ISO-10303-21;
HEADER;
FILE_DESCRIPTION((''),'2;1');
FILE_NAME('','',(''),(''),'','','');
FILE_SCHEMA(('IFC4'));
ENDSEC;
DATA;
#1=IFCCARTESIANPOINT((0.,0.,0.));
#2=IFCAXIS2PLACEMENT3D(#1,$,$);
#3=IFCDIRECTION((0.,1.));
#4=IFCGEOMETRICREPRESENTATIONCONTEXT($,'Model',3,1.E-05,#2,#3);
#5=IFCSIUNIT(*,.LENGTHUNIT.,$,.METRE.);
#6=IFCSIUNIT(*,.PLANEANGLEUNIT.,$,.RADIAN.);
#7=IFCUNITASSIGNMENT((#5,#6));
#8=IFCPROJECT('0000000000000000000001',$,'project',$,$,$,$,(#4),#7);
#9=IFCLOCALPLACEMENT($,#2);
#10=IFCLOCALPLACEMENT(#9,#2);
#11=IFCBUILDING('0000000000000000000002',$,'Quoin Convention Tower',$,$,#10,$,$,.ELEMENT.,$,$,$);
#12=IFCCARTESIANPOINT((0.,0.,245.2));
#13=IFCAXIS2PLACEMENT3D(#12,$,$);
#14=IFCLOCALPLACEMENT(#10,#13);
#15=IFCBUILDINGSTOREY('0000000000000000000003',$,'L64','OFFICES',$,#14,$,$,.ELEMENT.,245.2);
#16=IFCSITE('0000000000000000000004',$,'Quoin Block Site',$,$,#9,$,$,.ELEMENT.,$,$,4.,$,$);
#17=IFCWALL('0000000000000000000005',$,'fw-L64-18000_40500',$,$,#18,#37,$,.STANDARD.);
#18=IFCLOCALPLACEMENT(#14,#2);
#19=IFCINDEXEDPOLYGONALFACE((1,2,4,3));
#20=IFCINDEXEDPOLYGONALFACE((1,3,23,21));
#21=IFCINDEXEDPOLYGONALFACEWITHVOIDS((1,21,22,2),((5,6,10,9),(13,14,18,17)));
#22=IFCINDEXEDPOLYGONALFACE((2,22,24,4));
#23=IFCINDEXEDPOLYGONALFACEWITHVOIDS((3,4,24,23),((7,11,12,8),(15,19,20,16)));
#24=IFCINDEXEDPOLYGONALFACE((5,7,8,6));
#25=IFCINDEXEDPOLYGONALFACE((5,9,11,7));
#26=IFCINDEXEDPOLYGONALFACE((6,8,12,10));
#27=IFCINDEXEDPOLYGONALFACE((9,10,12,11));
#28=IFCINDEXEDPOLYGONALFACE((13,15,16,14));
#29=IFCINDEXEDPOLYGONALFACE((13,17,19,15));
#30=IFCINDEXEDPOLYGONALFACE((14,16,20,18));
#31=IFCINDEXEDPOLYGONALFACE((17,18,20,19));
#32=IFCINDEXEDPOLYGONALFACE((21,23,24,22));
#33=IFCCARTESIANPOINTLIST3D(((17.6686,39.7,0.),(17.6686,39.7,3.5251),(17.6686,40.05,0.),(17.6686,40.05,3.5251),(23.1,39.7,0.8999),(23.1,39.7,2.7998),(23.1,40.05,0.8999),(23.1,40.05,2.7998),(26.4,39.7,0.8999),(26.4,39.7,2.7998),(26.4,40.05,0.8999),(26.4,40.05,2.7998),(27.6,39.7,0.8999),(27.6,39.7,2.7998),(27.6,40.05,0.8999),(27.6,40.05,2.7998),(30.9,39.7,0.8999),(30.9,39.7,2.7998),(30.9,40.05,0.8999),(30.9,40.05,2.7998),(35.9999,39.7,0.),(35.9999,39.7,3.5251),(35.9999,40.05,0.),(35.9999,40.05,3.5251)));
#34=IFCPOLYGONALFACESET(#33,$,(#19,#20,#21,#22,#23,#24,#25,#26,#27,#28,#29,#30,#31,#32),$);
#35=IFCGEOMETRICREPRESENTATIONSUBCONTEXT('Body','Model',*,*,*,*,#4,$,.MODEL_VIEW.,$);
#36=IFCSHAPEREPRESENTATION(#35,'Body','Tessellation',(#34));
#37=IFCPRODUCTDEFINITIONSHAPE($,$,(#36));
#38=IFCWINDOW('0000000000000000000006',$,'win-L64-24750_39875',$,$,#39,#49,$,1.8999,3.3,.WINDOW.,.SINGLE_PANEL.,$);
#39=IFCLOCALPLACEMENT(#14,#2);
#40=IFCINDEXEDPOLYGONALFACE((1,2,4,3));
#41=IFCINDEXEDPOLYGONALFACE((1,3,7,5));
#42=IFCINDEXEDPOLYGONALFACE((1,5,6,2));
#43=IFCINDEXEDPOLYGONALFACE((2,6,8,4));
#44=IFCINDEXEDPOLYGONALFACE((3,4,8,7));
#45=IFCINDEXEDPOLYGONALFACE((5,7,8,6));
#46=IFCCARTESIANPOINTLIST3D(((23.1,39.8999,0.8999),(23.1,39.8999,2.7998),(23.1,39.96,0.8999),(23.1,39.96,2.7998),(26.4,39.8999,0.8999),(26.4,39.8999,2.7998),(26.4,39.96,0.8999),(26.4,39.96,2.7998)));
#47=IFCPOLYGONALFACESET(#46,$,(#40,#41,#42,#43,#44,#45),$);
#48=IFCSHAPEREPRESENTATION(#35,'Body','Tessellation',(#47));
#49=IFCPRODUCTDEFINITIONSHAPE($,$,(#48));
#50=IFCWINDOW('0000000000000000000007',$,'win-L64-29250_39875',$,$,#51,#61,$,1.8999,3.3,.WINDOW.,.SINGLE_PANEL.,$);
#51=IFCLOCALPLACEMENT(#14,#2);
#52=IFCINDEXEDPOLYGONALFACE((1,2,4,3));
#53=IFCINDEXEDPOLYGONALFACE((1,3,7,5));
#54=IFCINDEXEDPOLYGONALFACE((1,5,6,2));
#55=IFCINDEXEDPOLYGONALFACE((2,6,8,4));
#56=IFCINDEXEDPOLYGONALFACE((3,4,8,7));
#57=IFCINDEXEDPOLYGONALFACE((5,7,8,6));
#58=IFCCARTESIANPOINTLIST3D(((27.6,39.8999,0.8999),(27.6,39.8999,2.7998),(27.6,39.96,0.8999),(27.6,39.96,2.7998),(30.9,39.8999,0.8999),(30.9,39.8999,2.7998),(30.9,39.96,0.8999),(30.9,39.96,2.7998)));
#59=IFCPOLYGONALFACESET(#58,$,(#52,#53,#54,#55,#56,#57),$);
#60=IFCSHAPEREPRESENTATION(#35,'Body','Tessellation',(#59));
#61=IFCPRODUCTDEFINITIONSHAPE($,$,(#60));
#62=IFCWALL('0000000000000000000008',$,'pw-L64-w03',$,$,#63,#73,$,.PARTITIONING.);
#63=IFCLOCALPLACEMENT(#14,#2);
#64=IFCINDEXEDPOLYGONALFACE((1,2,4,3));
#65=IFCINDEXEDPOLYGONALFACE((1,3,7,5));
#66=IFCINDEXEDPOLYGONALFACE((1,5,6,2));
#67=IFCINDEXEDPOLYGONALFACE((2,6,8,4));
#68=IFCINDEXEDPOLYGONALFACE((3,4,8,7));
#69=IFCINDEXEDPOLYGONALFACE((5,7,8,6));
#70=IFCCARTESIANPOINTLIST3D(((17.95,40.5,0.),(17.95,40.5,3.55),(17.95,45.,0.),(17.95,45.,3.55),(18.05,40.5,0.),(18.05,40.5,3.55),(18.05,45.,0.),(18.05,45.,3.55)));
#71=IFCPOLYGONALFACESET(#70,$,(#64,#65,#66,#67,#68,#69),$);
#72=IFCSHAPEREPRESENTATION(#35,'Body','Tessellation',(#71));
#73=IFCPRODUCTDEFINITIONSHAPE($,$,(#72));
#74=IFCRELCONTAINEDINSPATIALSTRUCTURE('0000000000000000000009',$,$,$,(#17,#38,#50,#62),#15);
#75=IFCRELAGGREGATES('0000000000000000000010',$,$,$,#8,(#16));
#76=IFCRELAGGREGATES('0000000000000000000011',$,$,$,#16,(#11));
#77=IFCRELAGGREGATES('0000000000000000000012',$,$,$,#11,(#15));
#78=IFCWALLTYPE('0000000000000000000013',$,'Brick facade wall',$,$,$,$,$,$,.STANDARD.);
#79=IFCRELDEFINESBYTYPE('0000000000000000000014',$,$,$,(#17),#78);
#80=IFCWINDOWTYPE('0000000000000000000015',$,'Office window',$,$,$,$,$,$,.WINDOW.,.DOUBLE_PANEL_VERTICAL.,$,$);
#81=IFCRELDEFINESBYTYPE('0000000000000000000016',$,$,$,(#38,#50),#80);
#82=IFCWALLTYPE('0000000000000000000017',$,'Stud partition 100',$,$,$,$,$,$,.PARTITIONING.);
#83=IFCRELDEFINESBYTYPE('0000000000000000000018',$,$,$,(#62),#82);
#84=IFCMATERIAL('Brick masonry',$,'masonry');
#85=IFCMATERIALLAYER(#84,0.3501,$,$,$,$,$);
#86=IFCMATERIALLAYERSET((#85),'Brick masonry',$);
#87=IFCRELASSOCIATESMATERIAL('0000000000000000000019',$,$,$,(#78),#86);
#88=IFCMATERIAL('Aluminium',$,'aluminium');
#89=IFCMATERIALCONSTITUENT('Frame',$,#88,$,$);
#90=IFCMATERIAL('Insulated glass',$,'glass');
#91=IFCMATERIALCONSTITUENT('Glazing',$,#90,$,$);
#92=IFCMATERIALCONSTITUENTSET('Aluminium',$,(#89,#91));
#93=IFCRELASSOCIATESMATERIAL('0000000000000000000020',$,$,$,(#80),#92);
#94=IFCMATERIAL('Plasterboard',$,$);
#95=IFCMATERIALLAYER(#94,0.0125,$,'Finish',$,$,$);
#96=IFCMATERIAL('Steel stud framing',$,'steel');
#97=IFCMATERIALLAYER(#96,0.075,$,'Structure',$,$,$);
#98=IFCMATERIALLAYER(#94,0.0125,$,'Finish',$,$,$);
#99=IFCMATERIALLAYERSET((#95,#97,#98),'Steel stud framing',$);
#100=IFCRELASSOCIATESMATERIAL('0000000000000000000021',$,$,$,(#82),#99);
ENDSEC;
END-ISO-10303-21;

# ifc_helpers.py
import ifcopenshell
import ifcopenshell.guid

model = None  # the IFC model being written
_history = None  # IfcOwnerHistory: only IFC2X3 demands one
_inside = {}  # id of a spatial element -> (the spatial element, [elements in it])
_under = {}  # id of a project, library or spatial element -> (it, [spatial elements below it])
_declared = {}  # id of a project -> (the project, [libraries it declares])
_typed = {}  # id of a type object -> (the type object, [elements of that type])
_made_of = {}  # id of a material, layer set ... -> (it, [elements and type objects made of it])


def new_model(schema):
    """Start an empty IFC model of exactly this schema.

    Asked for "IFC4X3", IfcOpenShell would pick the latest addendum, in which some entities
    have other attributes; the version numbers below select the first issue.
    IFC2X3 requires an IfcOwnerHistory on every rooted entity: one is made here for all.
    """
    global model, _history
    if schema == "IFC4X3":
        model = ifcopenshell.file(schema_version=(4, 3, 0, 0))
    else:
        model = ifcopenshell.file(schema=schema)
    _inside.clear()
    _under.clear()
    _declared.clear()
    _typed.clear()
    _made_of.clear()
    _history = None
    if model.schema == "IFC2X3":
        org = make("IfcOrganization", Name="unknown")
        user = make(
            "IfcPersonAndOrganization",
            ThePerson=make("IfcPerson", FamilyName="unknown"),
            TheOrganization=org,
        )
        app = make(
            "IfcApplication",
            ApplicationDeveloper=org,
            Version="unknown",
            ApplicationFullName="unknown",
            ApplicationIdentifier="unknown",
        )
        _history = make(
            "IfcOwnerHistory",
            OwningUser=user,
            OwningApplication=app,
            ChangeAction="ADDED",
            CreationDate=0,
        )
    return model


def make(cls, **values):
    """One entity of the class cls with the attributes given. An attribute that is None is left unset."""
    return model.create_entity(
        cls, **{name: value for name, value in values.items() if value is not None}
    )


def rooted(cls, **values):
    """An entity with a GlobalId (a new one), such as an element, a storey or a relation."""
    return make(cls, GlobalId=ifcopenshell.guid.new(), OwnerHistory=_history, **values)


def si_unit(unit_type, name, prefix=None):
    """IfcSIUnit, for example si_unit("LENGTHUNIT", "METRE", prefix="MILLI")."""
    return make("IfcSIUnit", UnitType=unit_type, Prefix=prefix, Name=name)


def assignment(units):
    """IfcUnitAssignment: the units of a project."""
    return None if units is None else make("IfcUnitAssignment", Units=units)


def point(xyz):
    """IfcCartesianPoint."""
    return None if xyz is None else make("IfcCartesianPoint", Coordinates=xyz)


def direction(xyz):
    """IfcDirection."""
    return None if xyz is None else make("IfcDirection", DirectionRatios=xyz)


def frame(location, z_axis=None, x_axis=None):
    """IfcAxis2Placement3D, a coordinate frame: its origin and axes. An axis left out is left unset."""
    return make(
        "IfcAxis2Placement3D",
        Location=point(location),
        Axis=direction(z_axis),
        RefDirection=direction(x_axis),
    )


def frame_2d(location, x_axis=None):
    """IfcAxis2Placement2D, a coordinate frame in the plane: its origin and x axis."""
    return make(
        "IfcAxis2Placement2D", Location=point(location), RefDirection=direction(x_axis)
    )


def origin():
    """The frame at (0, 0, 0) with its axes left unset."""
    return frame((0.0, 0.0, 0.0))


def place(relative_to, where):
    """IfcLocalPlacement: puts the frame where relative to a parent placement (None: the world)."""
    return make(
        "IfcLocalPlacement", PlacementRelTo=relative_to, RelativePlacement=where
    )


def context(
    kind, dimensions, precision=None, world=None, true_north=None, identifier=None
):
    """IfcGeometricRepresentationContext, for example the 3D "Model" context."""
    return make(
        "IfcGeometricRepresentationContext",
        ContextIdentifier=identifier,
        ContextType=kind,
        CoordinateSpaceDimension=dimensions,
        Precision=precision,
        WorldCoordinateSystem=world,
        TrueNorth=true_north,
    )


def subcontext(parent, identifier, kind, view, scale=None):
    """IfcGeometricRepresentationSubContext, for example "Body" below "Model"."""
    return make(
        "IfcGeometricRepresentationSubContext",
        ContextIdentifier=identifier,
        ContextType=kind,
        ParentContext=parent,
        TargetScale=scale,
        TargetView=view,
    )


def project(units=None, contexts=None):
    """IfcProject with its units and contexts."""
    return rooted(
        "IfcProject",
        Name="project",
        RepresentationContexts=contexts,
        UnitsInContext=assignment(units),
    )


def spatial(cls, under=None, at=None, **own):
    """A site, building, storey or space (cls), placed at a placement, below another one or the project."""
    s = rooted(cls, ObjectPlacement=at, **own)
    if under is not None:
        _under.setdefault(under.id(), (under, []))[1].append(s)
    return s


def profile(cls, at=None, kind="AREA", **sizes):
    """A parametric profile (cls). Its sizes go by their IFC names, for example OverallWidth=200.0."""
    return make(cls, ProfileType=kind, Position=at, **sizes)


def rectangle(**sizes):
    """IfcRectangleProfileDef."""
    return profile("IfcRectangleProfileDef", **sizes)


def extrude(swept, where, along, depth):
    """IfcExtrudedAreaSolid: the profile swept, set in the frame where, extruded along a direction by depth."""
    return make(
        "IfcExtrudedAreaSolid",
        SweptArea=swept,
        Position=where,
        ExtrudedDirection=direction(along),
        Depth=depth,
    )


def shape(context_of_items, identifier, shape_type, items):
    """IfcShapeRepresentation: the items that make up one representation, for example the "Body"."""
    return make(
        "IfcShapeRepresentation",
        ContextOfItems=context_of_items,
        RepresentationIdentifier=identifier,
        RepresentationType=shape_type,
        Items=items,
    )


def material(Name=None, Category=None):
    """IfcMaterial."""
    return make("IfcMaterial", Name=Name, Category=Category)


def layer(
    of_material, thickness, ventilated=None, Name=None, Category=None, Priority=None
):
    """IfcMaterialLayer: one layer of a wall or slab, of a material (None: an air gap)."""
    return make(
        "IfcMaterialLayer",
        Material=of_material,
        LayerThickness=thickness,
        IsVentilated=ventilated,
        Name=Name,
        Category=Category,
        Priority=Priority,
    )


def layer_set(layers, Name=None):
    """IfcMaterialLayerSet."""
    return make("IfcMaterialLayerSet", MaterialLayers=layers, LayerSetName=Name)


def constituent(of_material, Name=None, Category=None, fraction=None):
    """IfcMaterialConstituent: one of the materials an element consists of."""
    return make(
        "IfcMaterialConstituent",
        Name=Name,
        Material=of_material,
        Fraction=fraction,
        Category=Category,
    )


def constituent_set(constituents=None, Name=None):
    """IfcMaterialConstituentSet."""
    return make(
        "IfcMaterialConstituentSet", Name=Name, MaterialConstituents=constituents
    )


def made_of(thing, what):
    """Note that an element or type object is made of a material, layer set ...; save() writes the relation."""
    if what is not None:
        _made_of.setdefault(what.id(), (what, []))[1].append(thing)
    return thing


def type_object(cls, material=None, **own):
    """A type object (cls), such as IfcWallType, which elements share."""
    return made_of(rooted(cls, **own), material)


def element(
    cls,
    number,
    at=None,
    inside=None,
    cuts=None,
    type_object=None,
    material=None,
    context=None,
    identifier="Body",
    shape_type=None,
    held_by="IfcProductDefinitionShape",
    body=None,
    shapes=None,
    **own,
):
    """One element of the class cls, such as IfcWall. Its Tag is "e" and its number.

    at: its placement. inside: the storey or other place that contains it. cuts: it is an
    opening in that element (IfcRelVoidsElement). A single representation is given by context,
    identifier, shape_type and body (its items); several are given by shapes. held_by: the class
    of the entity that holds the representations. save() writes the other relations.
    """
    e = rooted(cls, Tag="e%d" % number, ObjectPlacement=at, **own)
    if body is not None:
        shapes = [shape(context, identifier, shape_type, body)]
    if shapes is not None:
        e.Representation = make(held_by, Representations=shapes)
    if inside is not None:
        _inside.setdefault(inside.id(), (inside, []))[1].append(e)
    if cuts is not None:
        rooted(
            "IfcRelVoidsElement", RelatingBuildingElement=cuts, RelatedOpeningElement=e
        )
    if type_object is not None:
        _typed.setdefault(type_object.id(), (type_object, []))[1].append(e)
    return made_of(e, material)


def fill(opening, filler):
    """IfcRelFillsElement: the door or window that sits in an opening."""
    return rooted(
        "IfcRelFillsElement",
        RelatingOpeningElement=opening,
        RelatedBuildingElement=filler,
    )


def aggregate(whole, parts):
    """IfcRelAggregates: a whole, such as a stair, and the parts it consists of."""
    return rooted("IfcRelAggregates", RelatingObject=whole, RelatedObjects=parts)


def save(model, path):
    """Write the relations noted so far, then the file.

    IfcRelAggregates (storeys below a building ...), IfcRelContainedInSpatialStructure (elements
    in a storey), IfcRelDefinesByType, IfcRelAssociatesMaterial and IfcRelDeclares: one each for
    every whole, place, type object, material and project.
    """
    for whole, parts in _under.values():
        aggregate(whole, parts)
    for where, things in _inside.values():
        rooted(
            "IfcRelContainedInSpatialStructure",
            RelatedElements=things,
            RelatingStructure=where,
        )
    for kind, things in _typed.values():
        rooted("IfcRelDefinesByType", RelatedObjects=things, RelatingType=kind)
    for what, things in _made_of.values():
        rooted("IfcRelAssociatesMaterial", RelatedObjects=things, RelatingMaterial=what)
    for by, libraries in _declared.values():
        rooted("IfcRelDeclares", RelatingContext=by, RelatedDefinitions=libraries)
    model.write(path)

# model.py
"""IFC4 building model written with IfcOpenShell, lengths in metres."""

from ifc_helpers import new_model, si_unit, direction, frame, frame_2d, origin, place, context, subcontext, project, spatial, rectangle, extrude, material, layer, layer_set, constituent, constituent_set, type_object, element, fill, save


model = new_model("IFC4")

# Units and contexts
model_context = context("Model", 3, precision=1e-05, world=origin(), true_north=direction((0.0, 1.0)))
body_context = subcontext(model_context, "Body", "Model", "MODEL_VIEW")
ifc_project = project(units=[si_unit("LENGTHUNIT", "METRE"), si_unit("PLANEANGLEUNIT", "RADIAN")], contexts=[model_context])

# Site, building, storey
site_placement = place(None, origin())
site = spatial("IfcSite", under=ifc_project, at=site_placement, Name="Quoin Block Site", CompositionType="ELEMENT", RefElevation=4.0)
building_placement = place(site_placement, origin())
building = spatial("IfcBuilding", under=site, at=building_placement, Name="Quoin Convention Tower", CompositionType="ELEMENT")
storey_placement = place(building_placement, frame((0.0, 0.0, 245.2)))
storey = spatial("IfcBuildingStorey", under=building, at=storey_placement, Name="L64", Description="OFFICES", CompositionType="ELEMENT", Elevation=245.2)

# Wall, openings, windows
ifc_material_1 = material(Name="Brick masonry", Category="masonry")
ifc_layer_1 = layer(ifc_material_1, 0.3501)
ifc_layer_set_1 = layer_set([ifc_layer_1], Name="Brick masonry")
wall_type_1 = type_object("IfcWallType", Name="Brick facade wall", PredefinedType="STANDARD", material=ifc_layer_set_1)
ifc_material_2 = material(Name="Aluminium", Category="aluminium")
ifc_constituent_1 = constituent(ifc_material_2, Name="Frame")
ifc_material_3 = material(Name="Insulated glass", Category="glass")
ifc_constituent_2 = constituent(ifc_material_3, Name="Glazing")
ifc_constituent_set = constituent_set(constituents=[ifc_constituent_1, ifc_constituent_2], Name="Aluminium")
window_type = type_object("IfcWindowType", Name="Office window", PartitioningType="DOUBLE_PANEL_VERTICAL", PredefinedType="WINDOW", material=ifc_constituent_set)
wall_1_placement = place(storey_placement, frame((17.6687, 39.875, 0.0), z_axis=(0.0, 0.0, 1.0), x_axis=(1.0, 0.0, 0.0)))
wall_1 = element("IfcWall", 1, at=wall_1_placement, inside=storey, type_object=wall_type_1, Name="fw-L64-18000_40500", PredefinedType="STANDARD", context=body_context, shape_type="SweptSolid", body=[
    extrude(rectangle(XDim=18.3313, YDim=0.3501, at=frame_2d((9.1655, 0.0))), origin(), (0.0, 0.0, 1.0), 3.5251),
])
opening_1_placement = place(wall_1_placement, frame((5.4314, 0.0, 0.8999)))
opening_1 = element("IfcOpeningElement", 2, at=opening_1_placement, cuts=wall_1, PredefinedType="OPENING", context=body_context, shape_type="SweptSolid", body=[
    extrude(rectangle(XDim=3.3, YDim=1.8999, at=frame_2d((1.6499, 0.95))), frame((0.0, 0.1851, 0.0), z_axis=(0.0, -1.0, 0.0), x_axis=(1.0, 0.0, 0.0)), (0.0, 0.0, 1.0), 0.3701),
])
opening_2_placement = place(wall_1_placement, frame((9.9314, 0.0, 0.8999)))
opening_2 = element("IfcOpeningElement", 3, at=opening_2_placement, cuts=wall_1, PredefinedType="OPENING", context=body_context, shape_type="SweptSolid", body=[
    extrude(rectangle(XDim=3.3, YDim=1.8999, at=frame_2d((1.6499, 0.95))), frame((0.0, 0.1851, 0.0), z_axis=(0.0, -1.0, 0.0), x_axis=(1.0, 0.0, 0.0)), (0.0, 0.0, 1.0), 0.3701),
])
window_1_placement = place(opening_1_placement, origin())
window_1 = element("IfcWindow", 4, at=window_1_placement, inside=storey, type_object=window_type, Name="win-L64-24750_39875", OverallHeight=1.8999, OverallWidth=3.3, PartitioningType="SINGLE_PANEL", PredefinedType="WINDOW", context=body_context, shape_type="SweptSolid", body=[
    extrude(rectangle(XDim=3.3, YDim=1.8999, at=frame_2d((1.6499, 0.95))), frame((0.0, 0.085, 0.0), z_axis=(0.0, -1.0, 0.0), x_axis=(1.0, 0.0, 0.0)), (0.0, 0.0, 1.0), 0.0601),
])
fill(opening_1, window_1)
window_2_placement = place(opening_2_placement, origin())
window_2 = element("IfcWindow", 5, at=window_2_placement, inside=storey, type_object=window_type, Name="win-L64-29250_39875", OverallHeight=1.8999, OverallWidth=3.3, PartitioningType="SINGLE_PANEL", PredefinedType="WINDOW", context=body_context, shape_type="SweptSolid", body=[
    extrude(rectangle(XDim=3.3, YDim=1.8999, at=frame_2d((1.6499, 0.95))), frame((0.0, 0.085, 0.0), z_axis=(0.0, -1.0, 0.0), x_axis=(1.0, 0.0, 0.0)), (0.0, 0.0, 1.0), 0.0601),
])
fill(opening_2, window_2)

# Wall
ifc_material_4 = material(Name="Plasterboard")
ifc_layer_2 = layer(ifc_material_4, 0.0125, Name="Finish")
ifc_material_5 = material(Name="Steel stud framing", Category="steel")
ifc_layer_3 = layer(ifc_material_5, 0.075, Name="Structure")
ifc_layer_4 = layer(ifc_material_4, 0.0125, Name="Finish")
ifc_layer_set_2 = layer_set([ifc_layer_2, ifc_layer_3, ifc_layer_4], Name="Steel stud framing")
wall_type_2 = type_object("IfcWallType", Name="Stud partition 100", PredefinedType="PARTITIONING", material=ifc_layer_set_2)
wall_2_placement = place(storey_placement, frame((18.0, 40.5, 0.0), z_axis=(0.0, 0.0, 1.0), x_axis=(0.0, 1.0, 0.0)))
element("IfcWall", 6, at=wall_2_placement, inside=storey, type_object=wall_type_2, Name="pw-L64-w03", PredefinedType="PARTITIONING", context=body_context, shape_type="SweptSolid", body=[
    extrude(rectangle(XDim=4.5, YDim=0.1001, at=frame_2d((2.25, 0.0))), origin(), (0.0, 0.0, 1.0), 3.55),
])

save(model, "model.ifc")
